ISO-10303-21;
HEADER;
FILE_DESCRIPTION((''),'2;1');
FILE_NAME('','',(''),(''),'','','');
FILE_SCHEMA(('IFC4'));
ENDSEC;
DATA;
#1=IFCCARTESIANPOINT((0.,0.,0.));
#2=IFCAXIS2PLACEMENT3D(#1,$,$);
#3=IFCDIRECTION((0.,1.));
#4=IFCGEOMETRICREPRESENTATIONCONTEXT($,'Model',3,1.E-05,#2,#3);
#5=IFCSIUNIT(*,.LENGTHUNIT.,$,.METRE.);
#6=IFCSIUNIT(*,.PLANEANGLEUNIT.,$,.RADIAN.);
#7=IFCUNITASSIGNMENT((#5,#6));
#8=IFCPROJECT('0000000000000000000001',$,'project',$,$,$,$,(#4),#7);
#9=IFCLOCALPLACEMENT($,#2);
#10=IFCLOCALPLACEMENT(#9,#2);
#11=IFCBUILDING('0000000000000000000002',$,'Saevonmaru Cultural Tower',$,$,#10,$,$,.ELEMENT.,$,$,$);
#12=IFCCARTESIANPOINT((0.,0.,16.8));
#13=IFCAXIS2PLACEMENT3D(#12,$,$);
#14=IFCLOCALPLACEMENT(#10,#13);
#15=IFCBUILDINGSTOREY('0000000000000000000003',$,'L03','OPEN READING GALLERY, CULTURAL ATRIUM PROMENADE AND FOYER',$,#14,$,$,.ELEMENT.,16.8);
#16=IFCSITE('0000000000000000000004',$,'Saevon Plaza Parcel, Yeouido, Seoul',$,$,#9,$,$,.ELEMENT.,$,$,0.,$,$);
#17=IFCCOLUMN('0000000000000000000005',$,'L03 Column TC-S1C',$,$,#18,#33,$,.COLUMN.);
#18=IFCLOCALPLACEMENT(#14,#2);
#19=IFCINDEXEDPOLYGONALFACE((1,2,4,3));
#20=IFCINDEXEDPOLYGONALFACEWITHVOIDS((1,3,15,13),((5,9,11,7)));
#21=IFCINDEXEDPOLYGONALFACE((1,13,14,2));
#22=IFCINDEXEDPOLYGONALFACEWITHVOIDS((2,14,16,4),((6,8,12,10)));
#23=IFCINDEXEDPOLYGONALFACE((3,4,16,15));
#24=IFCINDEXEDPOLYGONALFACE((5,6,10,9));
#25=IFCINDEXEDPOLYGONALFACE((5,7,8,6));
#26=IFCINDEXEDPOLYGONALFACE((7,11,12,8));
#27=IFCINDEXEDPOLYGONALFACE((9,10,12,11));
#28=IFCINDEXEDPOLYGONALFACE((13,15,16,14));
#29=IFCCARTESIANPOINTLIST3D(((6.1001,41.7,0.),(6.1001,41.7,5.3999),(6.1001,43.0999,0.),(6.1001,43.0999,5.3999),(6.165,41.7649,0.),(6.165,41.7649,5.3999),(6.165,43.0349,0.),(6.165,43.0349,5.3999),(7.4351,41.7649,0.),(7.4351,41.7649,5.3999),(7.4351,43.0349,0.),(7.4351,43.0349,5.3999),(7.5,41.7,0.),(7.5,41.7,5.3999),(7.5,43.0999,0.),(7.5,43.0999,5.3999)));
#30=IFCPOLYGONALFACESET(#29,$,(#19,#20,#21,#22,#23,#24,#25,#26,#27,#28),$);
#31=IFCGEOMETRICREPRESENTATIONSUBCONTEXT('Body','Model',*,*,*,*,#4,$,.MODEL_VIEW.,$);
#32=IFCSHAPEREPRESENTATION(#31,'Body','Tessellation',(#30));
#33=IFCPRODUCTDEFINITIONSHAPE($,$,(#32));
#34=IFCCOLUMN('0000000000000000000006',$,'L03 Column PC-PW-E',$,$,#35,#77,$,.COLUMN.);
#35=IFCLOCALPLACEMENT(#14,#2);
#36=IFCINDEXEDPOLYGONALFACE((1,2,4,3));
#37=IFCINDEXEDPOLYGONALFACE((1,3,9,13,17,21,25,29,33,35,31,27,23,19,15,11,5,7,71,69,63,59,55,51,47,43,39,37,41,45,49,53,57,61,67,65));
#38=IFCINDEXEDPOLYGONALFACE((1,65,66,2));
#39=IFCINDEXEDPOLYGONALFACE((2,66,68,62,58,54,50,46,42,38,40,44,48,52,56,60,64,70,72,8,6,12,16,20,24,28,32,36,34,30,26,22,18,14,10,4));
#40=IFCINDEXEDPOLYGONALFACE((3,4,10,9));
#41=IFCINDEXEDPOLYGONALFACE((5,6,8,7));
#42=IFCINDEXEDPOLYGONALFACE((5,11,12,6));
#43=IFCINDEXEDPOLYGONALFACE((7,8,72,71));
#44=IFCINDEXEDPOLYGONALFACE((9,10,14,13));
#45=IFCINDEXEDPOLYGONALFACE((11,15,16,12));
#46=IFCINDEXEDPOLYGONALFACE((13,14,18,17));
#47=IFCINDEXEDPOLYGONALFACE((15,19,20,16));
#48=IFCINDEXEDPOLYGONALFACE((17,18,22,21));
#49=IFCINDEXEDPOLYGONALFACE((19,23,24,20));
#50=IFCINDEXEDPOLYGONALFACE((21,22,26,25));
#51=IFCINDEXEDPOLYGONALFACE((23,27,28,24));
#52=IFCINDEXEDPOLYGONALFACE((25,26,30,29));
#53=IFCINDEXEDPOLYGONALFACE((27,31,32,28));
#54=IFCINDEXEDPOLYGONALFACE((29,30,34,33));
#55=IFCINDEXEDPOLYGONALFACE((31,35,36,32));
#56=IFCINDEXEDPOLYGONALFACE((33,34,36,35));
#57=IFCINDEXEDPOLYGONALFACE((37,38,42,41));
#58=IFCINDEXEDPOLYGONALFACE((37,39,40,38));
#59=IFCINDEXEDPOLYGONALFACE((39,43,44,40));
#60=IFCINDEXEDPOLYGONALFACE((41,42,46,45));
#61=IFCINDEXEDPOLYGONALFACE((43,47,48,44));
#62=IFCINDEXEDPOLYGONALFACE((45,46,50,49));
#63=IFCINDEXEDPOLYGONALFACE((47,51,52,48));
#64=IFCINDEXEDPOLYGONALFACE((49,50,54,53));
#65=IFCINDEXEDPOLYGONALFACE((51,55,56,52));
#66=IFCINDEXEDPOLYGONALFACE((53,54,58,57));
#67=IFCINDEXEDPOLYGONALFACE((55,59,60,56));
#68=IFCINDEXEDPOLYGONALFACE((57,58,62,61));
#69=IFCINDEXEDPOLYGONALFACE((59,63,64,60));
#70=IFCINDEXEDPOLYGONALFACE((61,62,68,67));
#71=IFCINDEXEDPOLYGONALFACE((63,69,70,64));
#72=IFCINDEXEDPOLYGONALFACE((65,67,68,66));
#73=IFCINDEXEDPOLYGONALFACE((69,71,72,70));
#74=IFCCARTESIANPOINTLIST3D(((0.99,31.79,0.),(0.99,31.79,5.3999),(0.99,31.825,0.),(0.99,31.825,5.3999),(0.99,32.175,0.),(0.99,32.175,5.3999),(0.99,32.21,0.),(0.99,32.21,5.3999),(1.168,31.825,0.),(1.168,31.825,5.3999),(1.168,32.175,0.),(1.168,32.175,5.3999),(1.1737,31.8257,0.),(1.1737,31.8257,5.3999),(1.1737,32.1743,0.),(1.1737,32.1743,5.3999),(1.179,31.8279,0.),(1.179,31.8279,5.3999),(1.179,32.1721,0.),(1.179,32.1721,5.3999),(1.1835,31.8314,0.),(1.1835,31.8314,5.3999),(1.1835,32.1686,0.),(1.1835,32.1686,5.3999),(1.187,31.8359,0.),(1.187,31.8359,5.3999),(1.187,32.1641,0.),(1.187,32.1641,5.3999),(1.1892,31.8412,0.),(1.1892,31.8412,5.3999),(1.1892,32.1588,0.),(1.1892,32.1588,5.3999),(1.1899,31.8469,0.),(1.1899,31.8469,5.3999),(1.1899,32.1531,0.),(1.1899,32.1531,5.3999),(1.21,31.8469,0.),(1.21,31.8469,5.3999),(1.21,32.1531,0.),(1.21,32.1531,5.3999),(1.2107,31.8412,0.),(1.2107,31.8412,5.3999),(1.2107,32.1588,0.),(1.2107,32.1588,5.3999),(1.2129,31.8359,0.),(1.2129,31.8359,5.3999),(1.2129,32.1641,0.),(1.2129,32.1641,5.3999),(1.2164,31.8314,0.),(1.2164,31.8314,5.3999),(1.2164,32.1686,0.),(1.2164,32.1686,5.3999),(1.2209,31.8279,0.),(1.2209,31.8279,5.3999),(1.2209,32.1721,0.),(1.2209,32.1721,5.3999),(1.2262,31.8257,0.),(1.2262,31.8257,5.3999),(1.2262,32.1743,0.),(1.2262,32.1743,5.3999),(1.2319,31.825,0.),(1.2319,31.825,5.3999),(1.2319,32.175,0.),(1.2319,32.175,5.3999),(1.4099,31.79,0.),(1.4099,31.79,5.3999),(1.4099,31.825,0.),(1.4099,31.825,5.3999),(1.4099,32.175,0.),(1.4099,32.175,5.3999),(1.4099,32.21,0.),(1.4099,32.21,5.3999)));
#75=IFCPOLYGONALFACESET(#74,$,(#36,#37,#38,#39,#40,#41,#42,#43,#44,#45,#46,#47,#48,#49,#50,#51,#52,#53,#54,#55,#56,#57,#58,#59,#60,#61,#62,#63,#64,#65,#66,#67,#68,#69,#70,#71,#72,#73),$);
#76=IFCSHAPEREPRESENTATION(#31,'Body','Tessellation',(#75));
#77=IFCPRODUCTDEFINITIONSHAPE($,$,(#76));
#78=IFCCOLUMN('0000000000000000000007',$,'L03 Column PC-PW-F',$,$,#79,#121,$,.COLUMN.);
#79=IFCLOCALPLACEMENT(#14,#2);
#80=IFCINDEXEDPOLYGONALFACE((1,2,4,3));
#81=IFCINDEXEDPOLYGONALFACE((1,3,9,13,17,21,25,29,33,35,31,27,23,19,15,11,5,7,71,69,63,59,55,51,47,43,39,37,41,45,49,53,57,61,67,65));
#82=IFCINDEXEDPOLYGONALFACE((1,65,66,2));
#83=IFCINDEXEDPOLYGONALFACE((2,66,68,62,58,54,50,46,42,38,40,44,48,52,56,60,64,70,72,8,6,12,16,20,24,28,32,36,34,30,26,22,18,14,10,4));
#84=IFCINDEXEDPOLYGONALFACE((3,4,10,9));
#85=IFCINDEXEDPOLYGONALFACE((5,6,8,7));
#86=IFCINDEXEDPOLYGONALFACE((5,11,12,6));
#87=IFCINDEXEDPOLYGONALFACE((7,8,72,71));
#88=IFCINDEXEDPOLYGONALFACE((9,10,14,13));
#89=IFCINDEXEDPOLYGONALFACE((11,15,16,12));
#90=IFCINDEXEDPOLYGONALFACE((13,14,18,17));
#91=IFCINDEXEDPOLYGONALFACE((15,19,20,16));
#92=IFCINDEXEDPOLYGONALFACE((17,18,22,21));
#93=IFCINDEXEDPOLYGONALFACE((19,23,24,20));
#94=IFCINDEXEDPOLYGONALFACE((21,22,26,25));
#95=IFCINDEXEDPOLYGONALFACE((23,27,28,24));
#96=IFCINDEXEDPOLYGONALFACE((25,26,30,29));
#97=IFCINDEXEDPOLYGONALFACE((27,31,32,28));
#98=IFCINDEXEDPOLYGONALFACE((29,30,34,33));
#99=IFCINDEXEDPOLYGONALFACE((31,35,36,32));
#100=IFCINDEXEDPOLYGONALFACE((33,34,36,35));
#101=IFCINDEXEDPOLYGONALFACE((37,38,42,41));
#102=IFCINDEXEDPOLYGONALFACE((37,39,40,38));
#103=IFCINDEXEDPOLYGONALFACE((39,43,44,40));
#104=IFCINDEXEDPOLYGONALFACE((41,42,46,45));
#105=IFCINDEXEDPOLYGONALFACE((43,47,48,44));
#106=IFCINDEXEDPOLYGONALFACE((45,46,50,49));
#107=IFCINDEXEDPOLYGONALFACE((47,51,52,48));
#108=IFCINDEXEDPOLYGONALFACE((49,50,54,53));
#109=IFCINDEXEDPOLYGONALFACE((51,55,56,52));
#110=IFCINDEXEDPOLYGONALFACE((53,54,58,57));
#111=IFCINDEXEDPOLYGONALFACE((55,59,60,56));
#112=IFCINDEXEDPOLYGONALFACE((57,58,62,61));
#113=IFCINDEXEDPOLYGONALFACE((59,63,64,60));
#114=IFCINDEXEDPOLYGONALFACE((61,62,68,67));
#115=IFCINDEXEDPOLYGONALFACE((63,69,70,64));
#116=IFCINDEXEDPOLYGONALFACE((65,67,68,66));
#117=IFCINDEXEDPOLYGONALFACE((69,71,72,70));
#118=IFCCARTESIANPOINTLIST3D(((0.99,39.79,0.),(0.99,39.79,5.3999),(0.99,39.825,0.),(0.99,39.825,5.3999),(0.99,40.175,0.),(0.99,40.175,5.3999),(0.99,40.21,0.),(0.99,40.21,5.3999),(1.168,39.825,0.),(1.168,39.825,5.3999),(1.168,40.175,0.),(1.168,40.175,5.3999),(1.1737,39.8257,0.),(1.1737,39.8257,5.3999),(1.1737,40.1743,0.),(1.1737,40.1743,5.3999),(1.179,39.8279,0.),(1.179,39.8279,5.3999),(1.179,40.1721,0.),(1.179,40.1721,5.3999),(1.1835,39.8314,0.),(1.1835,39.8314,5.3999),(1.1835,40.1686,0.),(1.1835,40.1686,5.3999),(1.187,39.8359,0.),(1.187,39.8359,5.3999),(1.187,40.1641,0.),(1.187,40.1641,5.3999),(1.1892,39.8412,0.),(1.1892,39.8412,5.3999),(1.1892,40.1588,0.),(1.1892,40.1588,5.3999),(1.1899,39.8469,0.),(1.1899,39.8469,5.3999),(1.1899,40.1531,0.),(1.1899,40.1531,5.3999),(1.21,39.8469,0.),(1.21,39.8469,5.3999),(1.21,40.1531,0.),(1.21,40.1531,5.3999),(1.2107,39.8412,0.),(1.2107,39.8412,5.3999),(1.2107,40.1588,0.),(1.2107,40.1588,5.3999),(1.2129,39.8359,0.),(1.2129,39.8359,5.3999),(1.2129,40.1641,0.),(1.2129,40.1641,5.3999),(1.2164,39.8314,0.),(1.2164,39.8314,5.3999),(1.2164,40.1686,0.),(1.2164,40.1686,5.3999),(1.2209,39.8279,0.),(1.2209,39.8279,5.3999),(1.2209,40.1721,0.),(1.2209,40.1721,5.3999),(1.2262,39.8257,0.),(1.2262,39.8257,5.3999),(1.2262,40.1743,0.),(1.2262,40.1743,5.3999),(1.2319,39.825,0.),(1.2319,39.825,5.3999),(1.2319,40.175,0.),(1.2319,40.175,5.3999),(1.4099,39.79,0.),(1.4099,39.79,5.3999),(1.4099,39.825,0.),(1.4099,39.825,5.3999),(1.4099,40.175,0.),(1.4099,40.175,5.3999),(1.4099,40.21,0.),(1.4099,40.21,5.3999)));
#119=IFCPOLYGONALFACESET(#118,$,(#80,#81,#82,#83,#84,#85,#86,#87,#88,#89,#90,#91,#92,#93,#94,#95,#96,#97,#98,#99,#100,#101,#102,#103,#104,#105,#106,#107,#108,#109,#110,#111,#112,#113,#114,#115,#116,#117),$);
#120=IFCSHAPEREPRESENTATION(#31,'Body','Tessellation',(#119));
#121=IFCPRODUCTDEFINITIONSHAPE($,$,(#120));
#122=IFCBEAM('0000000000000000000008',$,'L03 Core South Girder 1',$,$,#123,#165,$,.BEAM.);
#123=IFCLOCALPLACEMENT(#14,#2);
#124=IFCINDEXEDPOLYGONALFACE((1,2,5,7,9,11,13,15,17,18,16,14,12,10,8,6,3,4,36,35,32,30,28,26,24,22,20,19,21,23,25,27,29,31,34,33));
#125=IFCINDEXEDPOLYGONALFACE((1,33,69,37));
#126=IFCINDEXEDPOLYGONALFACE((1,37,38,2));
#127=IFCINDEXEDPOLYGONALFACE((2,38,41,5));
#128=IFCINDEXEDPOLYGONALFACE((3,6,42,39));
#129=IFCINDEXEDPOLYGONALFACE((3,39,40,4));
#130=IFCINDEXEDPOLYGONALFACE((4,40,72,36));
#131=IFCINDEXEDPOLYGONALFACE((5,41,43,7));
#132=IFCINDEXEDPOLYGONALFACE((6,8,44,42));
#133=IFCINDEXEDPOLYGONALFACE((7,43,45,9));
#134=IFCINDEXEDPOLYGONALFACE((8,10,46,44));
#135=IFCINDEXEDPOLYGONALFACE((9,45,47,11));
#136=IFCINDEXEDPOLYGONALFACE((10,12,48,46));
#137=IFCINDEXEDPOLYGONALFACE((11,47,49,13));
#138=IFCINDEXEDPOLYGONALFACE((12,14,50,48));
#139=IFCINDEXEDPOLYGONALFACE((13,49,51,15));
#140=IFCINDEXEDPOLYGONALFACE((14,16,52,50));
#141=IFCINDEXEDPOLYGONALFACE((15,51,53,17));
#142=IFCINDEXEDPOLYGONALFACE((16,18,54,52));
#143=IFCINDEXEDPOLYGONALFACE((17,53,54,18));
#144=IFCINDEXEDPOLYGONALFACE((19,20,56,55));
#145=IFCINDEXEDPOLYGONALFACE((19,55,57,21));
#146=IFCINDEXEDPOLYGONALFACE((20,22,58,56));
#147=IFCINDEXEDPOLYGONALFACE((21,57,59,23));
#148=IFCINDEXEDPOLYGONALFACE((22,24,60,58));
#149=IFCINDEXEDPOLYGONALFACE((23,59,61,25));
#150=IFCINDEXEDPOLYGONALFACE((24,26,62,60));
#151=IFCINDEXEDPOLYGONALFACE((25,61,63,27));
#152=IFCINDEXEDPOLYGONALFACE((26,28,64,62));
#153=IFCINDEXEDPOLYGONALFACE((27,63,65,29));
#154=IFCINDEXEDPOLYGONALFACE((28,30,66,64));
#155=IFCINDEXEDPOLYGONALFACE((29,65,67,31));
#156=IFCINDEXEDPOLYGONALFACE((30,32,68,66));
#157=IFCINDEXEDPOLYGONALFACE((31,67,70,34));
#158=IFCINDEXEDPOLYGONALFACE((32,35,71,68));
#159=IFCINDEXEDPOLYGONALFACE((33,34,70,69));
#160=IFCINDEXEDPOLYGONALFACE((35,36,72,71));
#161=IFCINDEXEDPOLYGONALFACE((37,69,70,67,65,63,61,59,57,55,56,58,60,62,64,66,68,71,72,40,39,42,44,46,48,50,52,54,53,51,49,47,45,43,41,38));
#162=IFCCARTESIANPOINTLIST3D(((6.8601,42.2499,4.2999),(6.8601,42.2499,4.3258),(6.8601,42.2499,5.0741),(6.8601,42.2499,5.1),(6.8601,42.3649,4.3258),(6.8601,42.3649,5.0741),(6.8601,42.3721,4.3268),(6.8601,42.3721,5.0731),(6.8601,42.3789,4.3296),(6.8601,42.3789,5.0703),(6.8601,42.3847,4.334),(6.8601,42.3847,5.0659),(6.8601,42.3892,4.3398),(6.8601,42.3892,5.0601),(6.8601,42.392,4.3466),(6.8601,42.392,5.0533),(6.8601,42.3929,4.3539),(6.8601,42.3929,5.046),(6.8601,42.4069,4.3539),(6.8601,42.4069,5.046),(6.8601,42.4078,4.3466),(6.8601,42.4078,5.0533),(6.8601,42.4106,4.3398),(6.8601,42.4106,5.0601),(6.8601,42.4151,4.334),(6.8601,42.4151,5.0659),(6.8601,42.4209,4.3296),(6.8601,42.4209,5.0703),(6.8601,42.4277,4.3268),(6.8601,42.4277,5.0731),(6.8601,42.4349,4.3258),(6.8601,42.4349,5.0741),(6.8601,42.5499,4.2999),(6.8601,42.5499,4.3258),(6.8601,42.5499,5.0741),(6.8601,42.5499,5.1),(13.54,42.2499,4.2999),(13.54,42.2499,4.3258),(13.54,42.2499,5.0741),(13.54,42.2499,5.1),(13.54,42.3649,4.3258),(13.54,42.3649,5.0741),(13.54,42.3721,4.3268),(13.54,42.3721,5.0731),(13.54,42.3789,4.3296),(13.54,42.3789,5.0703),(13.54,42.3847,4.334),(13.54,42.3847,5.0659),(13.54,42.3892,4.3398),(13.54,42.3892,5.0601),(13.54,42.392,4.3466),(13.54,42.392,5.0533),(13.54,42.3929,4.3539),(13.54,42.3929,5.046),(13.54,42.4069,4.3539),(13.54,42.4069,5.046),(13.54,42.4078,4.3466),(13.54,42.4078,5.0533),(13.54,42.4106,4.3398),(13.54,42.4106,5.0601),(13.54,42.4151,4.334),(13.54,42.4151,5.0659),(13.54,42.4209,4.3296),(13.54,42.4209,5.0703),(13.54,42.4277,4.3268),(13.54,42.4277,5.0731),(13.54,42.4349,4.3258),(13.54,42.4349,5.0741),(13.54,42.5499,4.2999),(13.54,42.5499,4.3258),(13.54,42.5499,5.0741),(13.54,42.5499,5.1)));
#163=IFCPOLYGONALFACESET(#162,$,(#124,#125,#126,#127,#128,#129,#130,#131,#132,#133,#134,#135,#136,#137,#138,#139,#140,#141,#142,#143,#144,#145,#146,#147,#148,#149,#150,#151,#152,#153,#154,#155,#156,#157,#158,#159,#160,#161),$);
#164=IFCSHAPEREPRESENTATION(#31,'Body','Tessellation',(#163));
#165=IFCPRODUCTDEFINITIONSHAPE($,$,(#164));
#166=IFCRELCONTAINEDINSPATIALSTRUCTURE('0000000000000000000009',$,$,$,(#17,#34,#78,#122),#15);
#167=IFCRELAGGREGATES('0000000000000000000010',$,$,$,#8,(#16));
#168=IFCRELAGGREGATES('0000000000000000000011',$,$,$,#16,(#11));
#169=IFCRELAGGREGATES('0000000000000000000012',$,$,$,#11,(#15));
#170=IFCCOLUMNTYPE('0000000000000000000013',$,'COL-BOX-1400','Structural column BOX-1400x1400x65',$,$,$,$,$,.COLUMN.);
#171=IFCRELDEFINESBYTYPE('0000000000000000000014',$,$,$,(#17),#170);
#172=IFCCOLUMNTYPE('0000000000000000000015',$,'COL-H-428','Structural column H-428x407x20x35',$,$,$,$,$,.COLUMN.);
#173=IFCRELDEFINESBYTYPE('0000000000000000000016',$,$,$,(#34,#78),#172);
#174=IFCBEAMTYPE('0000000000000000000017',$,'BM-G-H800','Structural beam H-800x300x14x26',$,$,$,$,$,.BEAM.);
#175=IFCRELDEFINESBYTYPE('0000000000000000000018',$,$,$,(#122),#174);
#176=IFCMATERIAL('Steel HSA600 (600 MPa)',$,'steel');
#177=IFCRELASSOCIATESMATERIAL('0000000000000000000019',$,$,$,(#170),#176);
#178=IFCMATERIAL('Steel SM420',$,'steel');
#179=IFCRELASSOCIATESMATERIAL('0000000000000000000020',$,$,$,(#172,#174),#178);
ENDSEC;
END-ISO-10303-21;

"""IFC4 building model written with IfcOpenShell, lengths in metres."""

from ifc_helpers import new_model, si_unit, direction, frame, origin, origin_2d, place, context, subcontext, project, spatial, hollow_rectangle, i_section, extrude, material, material_profile, profile_set, type_object, element, save


model = new_model("IFC4")

# Units and contexts
model_context = context("Model", 3, precision=1e-05, world=origin(), true_north=direction((0.0, 1.0)))
body_context = subcontext(model_context, "Body", "Model", "MODEL_VIEW")
ifc_project = project(units=[si_unit("LENGTHUNIT", "METRE"), si_unit("PLANEANGLEUNIT", "RADIAN")], contexts=[model_context])

# Site, building, storey
site_placement = place(None, origin())
site = spatial("IfcSite", under=ifc_project, at=site_placement, Name="Saevon Plaza Parcel, Yeouido, Seoul", CompositionType="ELEMENT", RefElevation=0.0)
building_placement = place(site_placement, origin())
building = spatial("IfcBuilding", under=site, at=building_placement, Name="Saevonmaru Cultural Tower", CompositionType="ELEMENT")
storey_placement = place(building_placement, frame((0.0, 0.0, 16.8)))
storey = spatial("IfcBuildingStorey", under=building, at=storey_placement, Name="L03", Description="OPEN READING GALLERY, CULTURAL ATRIUM PROMENADE AND FOYER", CompositionType="ELEMENT", Elevation=16.8)

# Columns
ifc_material_1 = material(Name="Steel HSA600 (600 MPa)", Category="steel")
ifc_material_profile_1 = material_profile(ifc_material_1, hollow_rectangle(XDim=1.3999, YDim=1.3999, WallThickness=0.0649, at=origin_2d()), Name="BOX-1400x1400x65")
ifc_profile_set_1 = profile_set([ifc_material_profile_1], Name="Steel HSA600 (600 MPa)")
column_type_1 = type_object("IfcColumnType", Name="COL-BOX-1400", Description="Structural column BOX-1400x1400x65", PredefinedType="COLUMN", material=ifc_profile_set_1)
column_placement = place(storey_placement, frame((6.8, 42.3999, 0.0), z_axis=(0.0, 0.0, 1.0), x_axis=(1.0, 0.0, 0.0)))
element("IfcColumn", 1, at=column_placement, inside=storey, type_object=column_type_1, Name="L03 Column TC-S1C", PredefinedType="COLUMN", context=body_context, shape_type="SweptSolid", body=[
    extrude(hollow_rectangle(XDim=1.3999, YDim=1.3999, WallThickness=0.0649, at=origin_2d()), origin(), (0.0, 0.0, 1.0), 5.3999),
])
ifc_material_2 = material(Name="Steel SM420", Category="steel")
ifc_material_profile_2 = material_profile(ifc_material_2, i_section(OverallWidth=0.4199, OverallDepth=0.4199, WebThickness=0.02, FlangeThickness=0.0349, FilletRadius=0.022, at=origin_2d()), Name="H-428x407x20x35")
ifc_profile_set_2 = profile_set([ifc_material_profile_2], Name="Steel SM420")
column_type_2 = type_object("IfcColumnType", Name="COL-H-428", Description="Structural column H-428x407x20x35", PredefinedType="COLUMN", material=ifc_profile_set_2)
for number, where, z_axis, x_axis, name in (
    (2, (1.2, 32.0, 0.0), (0.0, 0.0, 1.0), (1.0, 0.0, 0.0), "L03 Column PC-PW-E"),
    (3, (1.2, 40.0, 0.0), (0.0, 0.0, 1.0), (1.0, 0.0, 0.0), "L03 Column PC-PW-F"),
):
    element("IfcColumn", number, at=place(storey_placement, frame(where, z_axis=z_axis, x_axis=x_axis)), inside=storey, type_object=column_type_2, Name=name, PredefinedType="COLUMN", context=body_context, shape_type="SweptSolid", body=[
        extrude(i_section(OverallWidth=0.4199, OverallDepth=0.4199, WebThickness=0.02, FlangeThickness=0.0349, FilletRadius=0.022, at=origin_2d()), origin(), (0.0, 0.0, 1.0), 5.3999),
    ])

# Beam
ifc_material_profile_3 = material_profile(ifc_material_2, i_section(OverallWidth=0.3, OverallDepth=0.8, WebThickness=0.0139, FlangeThickness=0.0259, FilletRadius=0.0281, at=origin_2d()), Name="H-800x300x14x26")
ifc_profile_set_3 = profile_set([ifc_material_profile_3], Name="Steel SM420")
beam_type_1 = type_object("IfcBeamType", Name="BM-G-H800", Description="Structural beam H-800x300x14x26", PredefinedType="BEAM", material=ifc_profile_set_3)
beam_1_placement = place(storey_placement, frame((6.8601, 42.3999, 4.7), z_axis=(1.0, 0.0, 0.0), x_axis=(0.0, 1.0, 0.0)))
element("IfcBeam", 4, at=beam_1_placement, inside=storey, type_object=beam_type_1, Name="L03 Core South Girder 1", PredefinedType="BEAM", context=body_context, shape_type="SweptSolid", body=[
    extrude(i_section(OverallWidth=0.3, OverallDepth=0.8, WebThickness=0.0139, FlangeThickness=0.0259, FilletRadius=0.0281, at=origin_2d()), origin(), (0.0, 0.0, 1.0), 6.6799),
])

save(model, "model.ifc")
